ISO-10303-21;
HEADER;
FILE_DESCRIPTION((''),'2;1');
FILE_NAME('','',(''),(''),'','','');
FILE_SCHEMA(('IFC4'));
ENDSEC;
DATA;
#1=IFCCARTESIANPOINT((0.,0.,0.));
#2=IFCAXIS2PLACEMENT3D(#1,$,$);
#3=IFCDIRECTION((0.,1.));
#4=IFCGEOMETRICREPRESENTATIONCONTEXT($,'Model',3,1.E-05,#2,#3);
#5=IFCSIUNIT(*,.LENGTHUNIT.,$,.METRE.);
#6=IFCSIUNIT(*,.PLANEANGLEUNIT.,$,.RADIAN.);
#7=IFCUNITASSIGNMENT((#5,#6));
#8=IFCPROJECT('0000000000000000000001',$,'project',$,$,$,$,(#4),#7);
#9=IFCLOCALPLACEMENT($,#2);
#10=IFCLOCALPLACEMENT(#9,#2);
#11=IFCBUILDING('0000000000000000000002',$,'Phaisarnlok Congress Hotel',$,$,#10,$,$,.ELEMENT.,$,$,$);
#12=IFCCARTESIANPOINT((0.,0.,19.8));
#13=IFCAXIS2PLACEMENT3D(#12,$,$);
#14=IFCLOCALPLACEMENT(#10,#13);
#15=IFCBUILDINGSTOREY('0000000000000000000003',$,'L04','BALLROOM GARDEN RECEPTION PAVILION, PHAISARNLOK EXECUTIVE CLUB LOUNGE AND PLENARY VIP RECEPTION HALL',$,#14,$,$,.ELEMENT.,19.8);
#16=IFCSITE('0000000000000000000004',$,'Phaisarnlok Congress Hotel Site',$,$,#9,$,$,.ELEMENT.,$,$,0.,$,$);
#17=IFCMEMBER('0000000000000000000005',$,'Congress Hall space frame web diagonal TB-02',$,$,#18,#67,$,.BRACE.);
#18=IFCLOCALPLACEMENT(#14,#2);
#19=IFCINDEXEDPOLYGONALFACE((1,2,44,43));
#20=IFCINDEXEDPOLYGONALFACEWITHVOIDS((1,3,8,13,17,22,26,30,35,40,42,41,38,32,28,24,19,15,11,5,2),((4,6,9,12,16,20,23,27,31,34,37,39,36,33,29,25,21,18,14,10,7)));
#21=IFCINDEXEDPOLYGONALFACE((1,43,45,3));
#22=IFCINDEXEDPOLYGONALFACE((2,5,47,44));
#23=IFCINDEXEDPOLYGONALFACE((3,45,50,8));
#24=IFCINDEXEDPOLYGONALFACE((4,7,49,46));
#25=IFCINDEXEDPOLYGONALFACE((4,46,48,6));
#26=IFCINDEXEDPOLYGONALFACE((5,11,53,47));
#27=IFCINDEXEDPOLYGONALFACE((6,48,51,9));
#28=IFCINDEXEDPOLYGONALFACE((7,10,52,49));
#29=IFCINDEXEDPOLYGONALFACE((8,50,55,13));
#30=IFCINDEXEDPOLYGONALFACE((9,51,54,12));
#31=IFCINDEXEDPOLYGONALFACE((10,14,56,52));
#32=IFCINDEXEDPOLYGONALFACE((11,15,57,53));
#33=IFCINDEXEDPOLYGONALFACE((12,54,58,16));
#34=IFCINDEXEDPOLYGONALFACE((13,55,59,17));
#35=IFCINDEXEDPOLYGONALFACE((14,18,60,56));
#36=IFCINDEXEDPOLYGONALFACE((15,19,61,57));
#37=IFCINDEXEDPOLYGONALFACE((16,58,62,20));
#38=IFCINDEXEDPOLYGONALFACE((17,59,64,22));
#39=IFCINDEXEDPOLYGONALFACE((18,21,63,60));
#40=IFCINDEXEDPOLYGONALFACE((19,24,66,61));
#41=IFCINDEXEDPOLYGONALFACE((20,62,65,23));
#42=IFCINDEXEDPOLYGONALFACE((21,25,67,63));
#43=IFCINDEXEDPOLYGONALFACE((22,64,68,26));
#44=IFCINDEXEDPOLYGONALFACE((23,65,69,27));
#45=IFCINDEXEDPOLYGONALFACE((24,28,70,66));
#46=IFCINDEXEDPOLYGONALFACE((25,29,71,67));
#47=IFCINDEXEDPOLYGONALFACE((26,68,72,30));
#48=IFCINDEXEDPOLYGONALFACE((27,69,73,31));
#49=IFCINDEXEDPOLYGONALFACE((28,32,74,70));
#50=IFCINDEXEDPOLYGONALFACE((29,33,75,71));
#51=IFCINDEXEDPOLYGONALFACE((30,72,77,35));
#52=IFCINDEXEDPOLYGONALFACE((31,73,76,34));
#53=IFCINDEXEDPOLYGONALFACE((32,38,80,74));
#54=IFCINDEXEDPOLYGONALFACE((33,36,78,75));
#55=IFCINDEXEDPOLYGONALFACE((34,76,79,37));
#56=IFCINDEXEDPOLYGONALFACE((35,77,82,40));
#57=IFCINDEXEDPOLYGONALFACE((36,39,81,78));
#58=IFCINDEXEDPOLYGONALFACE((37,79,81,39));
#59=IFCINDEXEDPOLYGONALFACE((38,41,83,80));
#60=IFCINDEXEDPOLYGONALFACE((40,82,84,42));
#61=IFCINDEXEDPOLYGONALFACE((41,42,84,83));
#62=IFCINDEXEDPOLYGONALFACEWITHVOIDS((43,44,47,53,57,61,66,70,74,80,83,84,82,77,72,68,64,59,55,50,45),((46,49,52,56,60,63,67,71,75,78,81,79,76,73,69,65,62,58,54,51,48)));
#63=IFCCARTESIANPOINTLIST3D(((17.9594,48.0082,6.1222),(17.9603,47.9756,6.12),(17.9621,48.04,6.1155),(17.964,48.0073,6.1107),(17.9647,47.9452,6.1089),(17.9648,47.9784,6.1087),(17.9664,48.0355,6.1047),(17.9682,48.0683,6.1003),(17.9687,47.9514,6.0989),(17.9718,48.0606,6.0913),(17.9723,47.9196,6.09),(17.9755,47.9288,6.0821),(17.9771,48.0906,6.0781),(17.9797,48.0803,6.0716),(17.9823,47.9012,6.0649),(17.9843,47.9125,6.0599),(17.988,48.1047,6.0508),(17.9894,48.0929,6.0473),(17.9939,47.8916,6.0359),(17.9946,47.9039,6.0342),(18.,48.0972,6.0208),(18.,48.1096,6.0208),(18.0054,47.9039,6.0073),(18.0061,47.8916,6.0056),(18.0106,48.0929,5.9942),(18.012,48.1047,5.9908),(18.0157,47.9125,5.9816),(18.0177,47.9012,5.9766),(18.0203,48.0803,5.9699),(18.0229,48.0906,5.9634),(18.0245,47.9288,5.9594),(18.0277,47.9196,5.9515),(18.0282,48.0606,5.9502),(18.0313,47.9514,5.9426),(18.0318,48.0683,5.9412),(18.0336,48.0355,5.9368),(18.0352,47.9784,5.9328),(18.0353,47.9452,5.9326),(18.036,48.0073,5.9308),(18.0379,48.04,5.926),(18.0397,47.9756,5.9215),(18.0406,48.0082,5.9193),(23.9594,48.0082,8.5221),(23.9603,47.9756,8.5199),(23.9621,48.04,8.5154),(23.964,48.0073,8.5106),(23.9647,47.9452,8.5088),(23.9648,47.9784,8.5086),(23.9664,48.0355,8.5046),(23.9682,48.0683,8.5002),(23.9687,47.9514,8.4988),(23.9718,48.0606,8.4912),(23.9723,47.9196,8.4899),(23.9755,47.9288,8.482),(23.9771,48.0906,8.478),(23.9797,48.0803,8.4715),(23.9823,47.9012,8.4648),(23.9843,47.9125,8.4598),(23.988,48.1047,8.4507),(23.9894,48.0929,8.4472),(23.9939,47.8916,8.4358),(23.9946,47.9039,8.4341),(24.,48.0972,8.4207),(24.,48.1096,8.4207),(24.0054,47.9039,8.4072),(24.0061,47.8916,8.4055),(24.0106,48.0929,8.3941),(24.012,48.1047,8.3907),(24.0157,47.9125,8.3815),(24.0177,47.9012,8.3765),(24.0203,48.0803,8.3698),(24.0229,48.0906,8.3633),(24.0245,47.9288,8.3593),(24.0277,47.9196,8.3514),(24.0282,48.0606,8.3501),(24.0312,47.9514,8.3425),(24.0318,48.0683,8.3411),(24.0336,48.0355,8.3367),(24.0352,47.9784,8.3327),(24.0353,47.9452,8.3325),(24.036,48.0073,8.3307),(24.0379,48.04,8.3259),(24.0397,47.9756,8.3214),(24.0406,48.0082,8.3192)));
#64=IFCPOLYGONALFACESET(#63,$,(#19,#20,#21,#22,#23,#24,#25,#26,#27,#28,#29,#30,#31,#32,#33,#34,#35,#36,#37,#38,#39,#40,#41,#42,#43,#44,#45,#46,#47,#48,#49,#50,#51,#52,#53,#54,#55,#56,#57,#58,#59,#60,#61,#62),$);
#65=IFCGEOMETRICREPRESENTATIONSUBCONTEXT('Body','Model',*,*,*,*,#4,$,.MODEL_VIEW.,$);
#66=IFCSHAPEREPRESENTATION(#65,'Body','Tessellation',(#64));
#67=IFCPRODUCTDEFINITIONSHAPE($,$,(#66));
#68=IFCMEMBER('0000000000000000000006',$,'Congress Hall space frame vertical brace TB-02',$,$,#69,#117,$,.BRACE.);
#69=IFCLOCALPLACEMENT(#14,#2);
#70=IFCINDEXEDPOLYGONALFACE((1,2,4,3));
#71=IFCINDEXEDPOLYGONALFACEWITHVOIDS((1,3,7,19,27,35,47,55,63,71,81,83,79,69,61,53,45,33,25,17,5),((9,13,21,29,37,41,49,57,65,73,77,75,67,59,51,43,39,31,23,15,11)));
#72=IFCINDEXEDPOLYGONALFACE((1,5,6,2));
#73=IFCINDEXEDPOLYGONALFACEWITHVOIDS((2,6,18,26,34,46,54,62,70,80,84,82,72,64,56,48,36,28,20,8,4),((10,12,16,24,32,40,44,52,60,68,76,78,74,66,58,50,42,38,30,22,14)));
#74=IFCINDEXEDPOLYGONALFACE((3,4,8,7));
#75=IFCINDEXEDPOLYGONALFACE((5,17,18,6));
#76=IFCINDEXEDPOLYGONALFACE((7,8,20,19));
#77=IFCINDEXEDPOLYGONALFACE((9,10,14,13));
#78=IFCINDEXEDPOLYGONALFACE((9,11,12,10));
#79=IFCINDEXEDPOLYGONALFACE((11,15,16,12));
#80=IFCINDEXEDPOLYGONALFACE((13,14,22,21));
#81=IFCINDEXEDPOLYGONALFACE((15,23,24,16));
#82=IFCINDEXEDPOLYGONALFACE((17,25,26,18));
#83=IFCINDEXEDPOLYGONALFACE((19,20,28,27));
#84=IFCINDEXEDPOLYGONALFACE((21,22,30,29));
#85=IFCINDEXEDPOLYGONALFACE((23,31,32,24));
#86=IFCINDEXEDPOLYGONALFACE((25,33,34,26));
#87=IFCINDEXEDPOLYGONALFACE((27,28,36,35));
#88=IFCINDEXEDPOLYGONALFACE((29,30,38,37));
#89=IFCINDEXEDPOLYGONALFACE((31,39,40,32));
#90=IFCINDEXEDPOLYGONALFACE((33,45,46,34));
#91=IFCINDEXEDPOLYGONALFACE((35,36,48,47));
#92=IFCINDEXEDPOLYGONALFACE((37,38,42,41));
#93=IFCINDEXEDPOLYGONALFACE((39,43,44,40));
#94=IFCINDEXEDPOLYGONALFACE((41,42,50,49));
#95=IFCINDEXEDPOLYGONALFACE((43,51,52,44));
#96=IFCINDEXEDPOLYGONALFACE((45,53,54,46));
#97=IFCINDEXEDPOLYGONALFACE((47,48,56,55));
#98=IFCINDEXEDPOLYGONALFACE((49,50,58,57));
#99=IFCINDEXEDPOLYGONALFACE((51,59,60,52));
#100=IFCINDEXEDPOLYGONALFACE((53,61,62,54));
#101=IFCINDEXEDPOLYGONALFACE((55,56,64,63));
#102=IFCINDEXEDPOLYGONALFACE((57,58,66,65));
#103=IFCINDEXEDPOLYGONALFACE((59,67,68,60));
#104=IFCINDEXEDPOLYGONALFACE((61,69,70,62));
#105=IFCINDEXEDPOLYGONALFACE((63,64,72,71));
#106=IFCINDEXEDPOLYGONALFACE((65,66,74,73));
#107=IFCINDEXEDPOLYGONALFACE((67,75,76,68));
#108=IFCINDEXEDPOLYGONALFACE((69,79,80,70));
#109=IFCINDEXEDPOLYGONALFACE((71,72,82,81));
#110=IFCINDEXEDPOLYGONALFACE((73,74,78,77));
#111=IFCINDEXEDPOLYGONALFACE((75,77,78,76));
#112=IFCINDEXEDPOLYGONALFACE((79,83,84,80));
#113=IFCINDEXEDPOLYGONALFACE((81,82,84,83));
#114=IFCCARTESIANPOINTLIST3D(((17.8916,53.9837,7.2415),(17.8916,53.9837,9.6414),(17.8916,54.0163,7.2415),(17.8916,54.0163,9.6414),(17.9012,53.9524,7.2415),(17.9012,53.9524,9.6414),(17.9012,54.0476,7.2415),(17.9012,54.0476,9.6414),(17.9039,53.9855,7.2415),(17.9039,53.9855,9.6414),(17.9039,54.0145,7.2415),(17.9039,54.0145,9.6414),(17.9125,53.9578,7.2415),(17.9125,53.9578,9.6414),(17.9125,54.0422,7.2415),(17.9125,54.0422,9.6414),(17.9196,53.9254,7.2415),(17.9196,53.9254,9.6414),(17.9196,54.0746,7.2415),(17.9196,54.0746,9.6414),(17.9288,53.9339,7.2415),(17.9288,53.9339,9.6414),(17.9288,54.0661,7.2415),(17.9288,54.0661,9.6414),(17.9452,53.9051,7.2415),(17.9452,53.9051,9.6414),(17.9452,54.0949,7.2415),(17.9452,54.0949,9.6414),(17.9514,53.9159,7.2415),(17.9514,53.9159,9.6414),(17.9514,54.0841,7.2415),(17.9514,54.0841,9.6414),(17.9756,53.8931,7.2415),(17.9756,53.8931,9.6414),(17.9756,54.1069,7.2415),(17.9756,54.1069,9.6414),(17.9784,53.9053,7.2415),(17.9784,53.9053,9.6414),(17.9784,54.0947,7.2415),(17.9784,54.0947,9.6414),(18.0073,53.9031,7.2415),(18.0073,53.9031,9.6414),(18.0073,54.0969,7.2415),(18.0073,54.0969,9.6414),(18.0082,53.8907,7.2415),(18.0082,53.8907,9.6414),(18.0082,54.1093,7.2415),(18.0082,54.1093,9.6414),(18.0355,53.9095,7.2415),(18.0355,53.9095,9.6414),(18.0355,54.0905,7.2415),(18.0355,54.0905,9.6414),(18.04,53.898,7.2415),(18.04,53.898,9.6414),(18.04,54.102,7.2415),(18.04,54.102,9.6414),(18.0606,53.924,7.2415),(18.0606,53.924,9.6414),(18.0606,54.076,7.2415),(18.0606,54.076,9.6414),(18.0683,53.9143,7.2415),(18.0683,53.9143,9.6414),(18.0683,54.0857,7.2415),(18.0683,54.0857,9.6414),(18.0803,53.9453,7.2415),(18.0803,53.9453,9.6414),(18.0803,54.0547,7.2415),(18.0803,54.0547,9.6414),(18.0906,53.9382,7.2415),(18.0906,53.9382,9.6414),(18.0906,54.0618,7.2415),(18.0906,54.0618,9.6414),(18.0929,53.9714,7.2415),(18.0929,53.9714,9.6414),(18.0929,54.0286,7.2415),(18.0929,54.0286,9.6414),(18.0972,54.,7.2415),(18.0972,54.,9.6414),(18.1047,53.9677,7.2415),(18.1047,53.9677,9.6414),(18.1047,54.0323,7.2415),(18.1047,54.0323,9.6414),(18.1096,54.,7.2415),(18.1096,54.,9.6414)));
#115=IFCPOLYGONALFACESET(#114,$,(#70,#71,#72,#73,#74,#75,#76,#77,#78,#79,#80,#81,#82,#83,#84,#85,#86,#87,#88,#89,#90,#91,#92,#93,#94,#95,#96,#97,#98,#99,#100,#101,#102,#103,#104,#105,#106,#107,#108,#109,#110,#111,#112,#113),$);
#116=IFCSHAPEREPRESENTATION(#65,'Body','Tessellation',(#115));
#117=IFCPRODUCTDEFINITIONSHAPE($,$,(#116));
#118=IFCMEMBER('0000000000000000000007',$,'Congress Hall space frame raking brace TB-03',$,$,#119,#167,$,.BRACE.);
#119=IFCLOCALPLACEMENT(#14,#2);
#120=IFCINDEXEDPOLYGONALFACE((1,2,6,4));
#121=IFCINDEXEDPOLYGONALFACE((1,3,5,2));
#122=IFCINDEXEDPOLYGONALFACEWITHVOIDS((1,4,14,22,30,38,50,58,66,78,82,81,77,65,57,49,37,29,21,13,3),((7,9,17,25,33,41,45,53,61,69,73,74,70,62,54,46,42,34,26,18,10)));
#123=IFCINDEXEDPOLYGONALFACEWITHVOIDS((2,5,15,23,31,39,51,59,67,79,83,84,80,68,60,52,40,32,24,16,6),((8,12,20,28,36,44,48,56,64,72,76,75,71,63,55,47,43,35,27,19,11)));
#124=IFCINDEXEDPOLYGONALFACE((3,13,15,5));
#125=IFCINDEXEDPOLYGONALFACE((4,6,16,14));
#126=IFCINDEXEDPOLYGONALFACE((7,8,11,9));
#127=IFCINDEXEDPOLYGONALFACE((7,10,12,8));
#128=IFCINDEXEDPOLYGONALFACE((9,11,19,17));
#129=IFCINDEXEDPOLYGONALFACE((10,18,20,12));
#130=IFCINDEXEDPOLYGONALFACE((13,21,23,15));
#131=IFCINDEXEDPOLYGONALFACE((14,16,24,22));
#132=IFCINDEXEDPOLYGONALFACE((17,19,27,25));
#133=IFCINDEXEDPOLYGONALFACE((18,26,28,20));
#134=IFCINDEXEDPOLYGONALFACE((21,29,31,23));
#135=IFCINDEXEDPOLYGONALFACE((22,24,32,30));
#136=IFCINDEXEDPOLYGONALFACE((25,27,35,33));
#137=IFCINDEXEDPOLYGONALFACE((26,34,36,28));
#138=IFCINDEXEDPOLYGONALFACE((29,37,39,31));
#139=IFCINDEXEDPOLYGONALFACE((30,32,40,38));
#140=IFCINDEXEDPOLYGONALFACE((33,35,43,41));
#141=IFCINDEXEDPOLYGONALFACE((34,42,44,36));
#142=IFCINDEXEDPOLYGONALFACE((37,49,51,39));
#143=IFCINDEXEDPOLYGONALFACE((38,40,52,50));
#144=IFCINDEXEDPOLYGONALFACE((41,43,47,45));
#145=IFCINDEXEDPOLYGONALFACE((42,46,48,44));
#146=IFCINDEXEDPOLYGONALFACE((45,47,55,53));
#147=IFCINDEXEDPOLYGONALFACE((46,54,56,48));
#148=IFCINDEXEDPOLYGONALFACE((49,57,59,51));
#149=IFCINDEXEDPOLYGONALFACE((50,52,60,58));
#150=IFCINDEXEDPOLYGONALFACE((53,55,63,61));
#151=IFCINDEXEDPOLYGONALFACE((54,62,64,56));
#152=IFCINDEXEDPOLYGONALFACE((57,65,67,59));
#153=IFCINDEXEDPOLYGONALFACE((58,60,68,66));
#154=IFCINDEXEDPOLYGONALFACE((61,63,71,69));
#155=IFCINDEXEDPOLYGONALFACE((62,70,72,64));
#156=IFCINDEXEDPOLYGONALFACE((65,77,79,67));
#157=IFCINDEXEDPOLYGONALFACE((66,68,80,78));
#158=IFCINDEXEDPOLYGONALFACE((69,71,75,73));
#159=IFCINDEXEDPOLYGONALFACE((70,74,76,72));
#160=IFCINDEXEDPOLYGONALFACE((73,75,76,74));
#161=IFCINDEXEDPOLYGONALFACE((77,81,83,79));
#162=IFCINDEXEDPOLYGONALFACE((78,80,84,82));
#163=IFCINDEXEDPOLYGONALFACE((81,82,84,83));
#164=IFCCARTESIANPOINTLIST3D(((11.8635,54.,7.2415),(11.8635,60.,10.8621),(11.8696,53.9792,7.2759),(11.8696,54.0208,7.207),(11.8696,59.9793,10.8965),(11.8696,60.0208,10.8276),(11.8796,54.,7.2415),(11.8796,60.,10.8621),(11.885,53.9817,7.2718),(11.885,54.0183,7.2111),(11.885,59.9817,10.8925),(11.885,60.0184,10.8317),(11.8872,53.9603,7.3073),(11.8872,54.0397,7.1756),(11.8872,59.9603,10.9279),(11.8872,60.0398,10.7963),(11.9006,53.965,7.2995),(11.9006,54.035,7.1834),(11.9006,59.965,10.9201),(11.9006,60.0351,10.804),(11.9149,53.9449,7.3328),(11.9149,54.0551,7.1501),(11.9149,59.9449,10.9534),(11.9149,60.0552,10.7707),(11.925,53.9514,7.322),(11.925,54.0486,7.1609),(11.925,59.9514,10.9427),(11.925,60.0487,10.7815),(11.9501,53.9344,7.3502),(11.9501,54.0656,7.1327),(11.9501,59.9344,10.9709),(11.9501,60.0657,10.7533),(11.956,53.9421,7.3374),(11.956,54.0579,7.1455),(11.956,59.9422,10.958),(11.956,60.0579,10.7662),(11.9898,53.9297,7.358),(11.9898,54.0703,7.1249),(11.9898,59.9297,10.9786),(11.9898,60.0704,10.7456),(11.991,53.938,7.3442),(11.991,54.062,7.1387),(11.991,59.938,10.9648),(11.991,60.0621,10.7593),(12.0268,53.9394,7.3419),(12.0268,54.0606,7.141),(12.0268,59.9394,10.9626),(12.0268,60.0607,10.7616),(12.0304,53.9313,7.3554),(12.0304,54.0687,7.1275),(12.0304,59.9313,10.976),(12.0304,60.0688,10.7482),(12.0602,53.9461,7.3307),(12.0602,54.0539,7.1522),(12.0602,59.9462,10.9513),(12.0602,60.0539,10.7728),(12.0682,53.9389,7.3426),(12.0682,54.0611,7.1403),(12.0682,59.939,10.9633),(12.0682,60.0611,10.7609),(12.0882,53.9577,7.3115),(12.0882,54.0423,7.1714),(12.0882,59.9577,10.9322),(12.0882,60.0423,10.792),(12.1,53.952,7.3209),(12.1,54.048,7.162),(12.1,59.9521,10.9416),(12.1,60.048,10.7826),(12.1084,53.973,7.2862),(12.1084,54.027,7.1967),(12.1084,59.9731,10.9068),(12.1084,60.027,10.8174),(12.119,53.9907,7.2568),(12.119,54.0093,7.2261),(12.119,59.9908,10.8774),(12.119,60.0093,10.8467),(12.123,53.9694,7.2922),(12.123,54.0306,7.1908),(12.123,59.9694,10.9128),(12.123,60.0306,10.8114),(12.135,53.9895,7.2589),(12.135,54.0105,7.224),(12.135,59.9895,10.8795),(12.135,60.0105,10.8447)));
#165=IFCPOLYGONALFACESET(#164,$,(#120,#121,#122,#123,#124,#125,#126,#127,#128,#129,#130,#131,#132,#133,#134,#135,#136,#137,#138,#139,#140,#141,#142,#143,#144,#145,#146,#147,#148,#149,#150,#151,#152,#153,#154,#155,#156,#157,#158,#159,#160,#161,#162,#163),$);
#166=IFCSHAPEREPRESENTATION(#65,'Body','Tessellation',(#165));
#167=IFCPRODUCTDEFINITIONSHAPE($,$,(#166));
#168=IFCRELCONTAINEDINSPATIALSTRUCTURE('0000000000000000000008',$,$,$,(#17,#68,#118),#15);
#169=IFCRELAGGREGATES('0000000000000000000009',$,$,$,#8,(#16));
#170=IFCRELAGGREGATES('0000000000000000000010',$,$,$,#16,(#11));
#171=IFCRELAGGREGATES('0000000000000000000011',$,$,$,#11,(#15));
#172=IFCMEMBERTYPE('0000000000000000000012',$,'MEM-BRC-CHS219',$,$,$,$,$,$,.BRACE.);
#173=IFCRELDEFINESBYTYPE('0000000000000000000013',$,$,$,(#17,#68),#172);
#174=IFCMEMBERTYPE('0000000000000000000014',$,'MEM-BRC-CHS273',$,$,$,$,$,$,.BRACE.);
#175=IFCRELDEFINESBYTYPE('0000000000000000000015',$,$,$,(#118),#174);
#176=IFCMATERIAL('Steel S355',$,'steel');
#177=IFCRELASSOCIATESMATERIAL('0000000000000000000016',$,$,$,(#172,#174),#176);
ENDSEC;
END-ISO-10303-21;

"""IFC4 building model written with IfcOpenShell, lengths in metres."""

from ifc_helpers import new_model, si_unit, direction, frame, origin, origin_2d, place, context, subcontext, project, spatial, hollow_circle, extrude, material, material_profile, profile_set, type_object, element, save


model = new_model("IFC4")

# Units and contexts
model_context = context("Model", 3, precision=1e-05, world=origin(), true_north=direction((0.0, 1.0)))
body_context = subcontext(model_context, "Body", "Model", "MODEL_VIEW")
ifc_project = project(units=[si_unit("LENGTHUNIT", "METRE"), si_unit("PLANEANGLEUNIT", "RADIAN")], contexts=[model_context])

# Site, building, storey
site_placement = place(None, origin())
site = spatial("IfcSite", under=ifc_project, at=site_placement, Name="Phaisarnlok Congress Hotel Site", CompositionType="ELEMENT", RefElevation=0.0)
building_placement = place(site_placement, origin())
building = spatial("IfcBuilding", under=site, at=building_placement, Name="Phaisarnlok Congress Hotel", CompositionType="ELEMENT")
storey_placement = place(building_placement, frame((0.0, 0.0, 19.8)))
storey = spatial("IfcBuildingStorey", under=building, at=storey_placement, Name="L04", Description="BALLROOM GARDEN RECEPTION PAVILION, PHAISARNLOK EXECUTIVE CLUB LOUNGE AND PLENARY VIP RECEPTION HALL", CompositionType="ELEMENT", Elevation=19.8)

# Members
ifc_material = material(Name="Steel S355", Category="steel")
ifc_material_profile_1 = material_profile(ifc_material, hollow_circle(Radius=0.1096, WallThickness=0.0125, at=origin_2d()), Name="CHS 219.1x12.5")
ifc_profile_set_1 = profile_set([ifc_material_profile_1], Name="Steel S355")
member_type_1 = type_object("IfcMemberType", Name="MEM-BRC-CHS219", PredefinedType="BRACE", material=ifc_profile_set_1)
member_1_placement = place(storey_placement, frame((18.0, 48.0, 6.0208), z_axis=(0.928482, 0.0, 0.371378), x_axis=(0.0, 1.0, 0.0)))
element("IfcMember", 1, at=member_1_placement, inside=storey, type_object=member_type_1, Name="Congress Hall space frame web diagonal TB-02", PredefinedType="BRACE", context=body_context, shape_type="SweptSolid", body=[
    extrude(hollow_circle(Radius=0.1096, WallThickness=0.0125, at=origin_2d()), origin(), (0.0, 0.0, 1.0), 6.4622),
])
member_2_placement = place(storey_placement, frame((18.0, 54.0, 7.2415), z_axis=(0.0, 0.0, 1.0), x_axis=(1.0, 0.0, 0.0)))
element("IfcMember", 2, at=member_2_placement, inside=storey, type_object=member_type_1, Name="Congress Hall space frame vertical brace TB-02", PredefinedType="BRACE", context=body_context, shape_type="SweptSolid", body=[
    extrude(hollow_circle(Radius=0.1096, WallThickness=0.0125, at=origin_2d()), origin(), (0.0, 0.0, 1.0), 2.3999),
])
ifc_material_profile_2 = material_profile(ifc_material, hollow_circle(Radius=0.1365, WallThickness=0.0161, at=origin_2d()), Name="CHS 273x16")
ifc_profile_set_2 = profile_set([ifc_material_profile_2], Name="Steel S355")
member_type_2 = type_object("IfcMemberType", Name="MEM-BRC-CHS273", PredefinedType="BRACE", material=ifc_profile_set_2)
for number, where, z_axis, x_axis, name in (
    (3, (12.0, 54.0, 7.2415), (0.0, 0.856193, 0.516656), (-1.0, 0.0, 0.0), "Congress Hall space frame raking brace TB-03"),
):
    element("IfcMember", number, at=place(storey_placement, frame(where, z_axis=z_axis, x_axis=x_axis)), inside=storey, type_object=member_type_2, Name=name, PredefinedType="BRACE", context=body_context, shape_type="SweptSolid", body=[
        extrude(hollow_circle(Radius=0.1365, WallThickness=0.0161, at=origin_2d()), origin(), (0.0, 0.0, 1.0), 7.0078),
    ])

save(model, "model.ifc")
